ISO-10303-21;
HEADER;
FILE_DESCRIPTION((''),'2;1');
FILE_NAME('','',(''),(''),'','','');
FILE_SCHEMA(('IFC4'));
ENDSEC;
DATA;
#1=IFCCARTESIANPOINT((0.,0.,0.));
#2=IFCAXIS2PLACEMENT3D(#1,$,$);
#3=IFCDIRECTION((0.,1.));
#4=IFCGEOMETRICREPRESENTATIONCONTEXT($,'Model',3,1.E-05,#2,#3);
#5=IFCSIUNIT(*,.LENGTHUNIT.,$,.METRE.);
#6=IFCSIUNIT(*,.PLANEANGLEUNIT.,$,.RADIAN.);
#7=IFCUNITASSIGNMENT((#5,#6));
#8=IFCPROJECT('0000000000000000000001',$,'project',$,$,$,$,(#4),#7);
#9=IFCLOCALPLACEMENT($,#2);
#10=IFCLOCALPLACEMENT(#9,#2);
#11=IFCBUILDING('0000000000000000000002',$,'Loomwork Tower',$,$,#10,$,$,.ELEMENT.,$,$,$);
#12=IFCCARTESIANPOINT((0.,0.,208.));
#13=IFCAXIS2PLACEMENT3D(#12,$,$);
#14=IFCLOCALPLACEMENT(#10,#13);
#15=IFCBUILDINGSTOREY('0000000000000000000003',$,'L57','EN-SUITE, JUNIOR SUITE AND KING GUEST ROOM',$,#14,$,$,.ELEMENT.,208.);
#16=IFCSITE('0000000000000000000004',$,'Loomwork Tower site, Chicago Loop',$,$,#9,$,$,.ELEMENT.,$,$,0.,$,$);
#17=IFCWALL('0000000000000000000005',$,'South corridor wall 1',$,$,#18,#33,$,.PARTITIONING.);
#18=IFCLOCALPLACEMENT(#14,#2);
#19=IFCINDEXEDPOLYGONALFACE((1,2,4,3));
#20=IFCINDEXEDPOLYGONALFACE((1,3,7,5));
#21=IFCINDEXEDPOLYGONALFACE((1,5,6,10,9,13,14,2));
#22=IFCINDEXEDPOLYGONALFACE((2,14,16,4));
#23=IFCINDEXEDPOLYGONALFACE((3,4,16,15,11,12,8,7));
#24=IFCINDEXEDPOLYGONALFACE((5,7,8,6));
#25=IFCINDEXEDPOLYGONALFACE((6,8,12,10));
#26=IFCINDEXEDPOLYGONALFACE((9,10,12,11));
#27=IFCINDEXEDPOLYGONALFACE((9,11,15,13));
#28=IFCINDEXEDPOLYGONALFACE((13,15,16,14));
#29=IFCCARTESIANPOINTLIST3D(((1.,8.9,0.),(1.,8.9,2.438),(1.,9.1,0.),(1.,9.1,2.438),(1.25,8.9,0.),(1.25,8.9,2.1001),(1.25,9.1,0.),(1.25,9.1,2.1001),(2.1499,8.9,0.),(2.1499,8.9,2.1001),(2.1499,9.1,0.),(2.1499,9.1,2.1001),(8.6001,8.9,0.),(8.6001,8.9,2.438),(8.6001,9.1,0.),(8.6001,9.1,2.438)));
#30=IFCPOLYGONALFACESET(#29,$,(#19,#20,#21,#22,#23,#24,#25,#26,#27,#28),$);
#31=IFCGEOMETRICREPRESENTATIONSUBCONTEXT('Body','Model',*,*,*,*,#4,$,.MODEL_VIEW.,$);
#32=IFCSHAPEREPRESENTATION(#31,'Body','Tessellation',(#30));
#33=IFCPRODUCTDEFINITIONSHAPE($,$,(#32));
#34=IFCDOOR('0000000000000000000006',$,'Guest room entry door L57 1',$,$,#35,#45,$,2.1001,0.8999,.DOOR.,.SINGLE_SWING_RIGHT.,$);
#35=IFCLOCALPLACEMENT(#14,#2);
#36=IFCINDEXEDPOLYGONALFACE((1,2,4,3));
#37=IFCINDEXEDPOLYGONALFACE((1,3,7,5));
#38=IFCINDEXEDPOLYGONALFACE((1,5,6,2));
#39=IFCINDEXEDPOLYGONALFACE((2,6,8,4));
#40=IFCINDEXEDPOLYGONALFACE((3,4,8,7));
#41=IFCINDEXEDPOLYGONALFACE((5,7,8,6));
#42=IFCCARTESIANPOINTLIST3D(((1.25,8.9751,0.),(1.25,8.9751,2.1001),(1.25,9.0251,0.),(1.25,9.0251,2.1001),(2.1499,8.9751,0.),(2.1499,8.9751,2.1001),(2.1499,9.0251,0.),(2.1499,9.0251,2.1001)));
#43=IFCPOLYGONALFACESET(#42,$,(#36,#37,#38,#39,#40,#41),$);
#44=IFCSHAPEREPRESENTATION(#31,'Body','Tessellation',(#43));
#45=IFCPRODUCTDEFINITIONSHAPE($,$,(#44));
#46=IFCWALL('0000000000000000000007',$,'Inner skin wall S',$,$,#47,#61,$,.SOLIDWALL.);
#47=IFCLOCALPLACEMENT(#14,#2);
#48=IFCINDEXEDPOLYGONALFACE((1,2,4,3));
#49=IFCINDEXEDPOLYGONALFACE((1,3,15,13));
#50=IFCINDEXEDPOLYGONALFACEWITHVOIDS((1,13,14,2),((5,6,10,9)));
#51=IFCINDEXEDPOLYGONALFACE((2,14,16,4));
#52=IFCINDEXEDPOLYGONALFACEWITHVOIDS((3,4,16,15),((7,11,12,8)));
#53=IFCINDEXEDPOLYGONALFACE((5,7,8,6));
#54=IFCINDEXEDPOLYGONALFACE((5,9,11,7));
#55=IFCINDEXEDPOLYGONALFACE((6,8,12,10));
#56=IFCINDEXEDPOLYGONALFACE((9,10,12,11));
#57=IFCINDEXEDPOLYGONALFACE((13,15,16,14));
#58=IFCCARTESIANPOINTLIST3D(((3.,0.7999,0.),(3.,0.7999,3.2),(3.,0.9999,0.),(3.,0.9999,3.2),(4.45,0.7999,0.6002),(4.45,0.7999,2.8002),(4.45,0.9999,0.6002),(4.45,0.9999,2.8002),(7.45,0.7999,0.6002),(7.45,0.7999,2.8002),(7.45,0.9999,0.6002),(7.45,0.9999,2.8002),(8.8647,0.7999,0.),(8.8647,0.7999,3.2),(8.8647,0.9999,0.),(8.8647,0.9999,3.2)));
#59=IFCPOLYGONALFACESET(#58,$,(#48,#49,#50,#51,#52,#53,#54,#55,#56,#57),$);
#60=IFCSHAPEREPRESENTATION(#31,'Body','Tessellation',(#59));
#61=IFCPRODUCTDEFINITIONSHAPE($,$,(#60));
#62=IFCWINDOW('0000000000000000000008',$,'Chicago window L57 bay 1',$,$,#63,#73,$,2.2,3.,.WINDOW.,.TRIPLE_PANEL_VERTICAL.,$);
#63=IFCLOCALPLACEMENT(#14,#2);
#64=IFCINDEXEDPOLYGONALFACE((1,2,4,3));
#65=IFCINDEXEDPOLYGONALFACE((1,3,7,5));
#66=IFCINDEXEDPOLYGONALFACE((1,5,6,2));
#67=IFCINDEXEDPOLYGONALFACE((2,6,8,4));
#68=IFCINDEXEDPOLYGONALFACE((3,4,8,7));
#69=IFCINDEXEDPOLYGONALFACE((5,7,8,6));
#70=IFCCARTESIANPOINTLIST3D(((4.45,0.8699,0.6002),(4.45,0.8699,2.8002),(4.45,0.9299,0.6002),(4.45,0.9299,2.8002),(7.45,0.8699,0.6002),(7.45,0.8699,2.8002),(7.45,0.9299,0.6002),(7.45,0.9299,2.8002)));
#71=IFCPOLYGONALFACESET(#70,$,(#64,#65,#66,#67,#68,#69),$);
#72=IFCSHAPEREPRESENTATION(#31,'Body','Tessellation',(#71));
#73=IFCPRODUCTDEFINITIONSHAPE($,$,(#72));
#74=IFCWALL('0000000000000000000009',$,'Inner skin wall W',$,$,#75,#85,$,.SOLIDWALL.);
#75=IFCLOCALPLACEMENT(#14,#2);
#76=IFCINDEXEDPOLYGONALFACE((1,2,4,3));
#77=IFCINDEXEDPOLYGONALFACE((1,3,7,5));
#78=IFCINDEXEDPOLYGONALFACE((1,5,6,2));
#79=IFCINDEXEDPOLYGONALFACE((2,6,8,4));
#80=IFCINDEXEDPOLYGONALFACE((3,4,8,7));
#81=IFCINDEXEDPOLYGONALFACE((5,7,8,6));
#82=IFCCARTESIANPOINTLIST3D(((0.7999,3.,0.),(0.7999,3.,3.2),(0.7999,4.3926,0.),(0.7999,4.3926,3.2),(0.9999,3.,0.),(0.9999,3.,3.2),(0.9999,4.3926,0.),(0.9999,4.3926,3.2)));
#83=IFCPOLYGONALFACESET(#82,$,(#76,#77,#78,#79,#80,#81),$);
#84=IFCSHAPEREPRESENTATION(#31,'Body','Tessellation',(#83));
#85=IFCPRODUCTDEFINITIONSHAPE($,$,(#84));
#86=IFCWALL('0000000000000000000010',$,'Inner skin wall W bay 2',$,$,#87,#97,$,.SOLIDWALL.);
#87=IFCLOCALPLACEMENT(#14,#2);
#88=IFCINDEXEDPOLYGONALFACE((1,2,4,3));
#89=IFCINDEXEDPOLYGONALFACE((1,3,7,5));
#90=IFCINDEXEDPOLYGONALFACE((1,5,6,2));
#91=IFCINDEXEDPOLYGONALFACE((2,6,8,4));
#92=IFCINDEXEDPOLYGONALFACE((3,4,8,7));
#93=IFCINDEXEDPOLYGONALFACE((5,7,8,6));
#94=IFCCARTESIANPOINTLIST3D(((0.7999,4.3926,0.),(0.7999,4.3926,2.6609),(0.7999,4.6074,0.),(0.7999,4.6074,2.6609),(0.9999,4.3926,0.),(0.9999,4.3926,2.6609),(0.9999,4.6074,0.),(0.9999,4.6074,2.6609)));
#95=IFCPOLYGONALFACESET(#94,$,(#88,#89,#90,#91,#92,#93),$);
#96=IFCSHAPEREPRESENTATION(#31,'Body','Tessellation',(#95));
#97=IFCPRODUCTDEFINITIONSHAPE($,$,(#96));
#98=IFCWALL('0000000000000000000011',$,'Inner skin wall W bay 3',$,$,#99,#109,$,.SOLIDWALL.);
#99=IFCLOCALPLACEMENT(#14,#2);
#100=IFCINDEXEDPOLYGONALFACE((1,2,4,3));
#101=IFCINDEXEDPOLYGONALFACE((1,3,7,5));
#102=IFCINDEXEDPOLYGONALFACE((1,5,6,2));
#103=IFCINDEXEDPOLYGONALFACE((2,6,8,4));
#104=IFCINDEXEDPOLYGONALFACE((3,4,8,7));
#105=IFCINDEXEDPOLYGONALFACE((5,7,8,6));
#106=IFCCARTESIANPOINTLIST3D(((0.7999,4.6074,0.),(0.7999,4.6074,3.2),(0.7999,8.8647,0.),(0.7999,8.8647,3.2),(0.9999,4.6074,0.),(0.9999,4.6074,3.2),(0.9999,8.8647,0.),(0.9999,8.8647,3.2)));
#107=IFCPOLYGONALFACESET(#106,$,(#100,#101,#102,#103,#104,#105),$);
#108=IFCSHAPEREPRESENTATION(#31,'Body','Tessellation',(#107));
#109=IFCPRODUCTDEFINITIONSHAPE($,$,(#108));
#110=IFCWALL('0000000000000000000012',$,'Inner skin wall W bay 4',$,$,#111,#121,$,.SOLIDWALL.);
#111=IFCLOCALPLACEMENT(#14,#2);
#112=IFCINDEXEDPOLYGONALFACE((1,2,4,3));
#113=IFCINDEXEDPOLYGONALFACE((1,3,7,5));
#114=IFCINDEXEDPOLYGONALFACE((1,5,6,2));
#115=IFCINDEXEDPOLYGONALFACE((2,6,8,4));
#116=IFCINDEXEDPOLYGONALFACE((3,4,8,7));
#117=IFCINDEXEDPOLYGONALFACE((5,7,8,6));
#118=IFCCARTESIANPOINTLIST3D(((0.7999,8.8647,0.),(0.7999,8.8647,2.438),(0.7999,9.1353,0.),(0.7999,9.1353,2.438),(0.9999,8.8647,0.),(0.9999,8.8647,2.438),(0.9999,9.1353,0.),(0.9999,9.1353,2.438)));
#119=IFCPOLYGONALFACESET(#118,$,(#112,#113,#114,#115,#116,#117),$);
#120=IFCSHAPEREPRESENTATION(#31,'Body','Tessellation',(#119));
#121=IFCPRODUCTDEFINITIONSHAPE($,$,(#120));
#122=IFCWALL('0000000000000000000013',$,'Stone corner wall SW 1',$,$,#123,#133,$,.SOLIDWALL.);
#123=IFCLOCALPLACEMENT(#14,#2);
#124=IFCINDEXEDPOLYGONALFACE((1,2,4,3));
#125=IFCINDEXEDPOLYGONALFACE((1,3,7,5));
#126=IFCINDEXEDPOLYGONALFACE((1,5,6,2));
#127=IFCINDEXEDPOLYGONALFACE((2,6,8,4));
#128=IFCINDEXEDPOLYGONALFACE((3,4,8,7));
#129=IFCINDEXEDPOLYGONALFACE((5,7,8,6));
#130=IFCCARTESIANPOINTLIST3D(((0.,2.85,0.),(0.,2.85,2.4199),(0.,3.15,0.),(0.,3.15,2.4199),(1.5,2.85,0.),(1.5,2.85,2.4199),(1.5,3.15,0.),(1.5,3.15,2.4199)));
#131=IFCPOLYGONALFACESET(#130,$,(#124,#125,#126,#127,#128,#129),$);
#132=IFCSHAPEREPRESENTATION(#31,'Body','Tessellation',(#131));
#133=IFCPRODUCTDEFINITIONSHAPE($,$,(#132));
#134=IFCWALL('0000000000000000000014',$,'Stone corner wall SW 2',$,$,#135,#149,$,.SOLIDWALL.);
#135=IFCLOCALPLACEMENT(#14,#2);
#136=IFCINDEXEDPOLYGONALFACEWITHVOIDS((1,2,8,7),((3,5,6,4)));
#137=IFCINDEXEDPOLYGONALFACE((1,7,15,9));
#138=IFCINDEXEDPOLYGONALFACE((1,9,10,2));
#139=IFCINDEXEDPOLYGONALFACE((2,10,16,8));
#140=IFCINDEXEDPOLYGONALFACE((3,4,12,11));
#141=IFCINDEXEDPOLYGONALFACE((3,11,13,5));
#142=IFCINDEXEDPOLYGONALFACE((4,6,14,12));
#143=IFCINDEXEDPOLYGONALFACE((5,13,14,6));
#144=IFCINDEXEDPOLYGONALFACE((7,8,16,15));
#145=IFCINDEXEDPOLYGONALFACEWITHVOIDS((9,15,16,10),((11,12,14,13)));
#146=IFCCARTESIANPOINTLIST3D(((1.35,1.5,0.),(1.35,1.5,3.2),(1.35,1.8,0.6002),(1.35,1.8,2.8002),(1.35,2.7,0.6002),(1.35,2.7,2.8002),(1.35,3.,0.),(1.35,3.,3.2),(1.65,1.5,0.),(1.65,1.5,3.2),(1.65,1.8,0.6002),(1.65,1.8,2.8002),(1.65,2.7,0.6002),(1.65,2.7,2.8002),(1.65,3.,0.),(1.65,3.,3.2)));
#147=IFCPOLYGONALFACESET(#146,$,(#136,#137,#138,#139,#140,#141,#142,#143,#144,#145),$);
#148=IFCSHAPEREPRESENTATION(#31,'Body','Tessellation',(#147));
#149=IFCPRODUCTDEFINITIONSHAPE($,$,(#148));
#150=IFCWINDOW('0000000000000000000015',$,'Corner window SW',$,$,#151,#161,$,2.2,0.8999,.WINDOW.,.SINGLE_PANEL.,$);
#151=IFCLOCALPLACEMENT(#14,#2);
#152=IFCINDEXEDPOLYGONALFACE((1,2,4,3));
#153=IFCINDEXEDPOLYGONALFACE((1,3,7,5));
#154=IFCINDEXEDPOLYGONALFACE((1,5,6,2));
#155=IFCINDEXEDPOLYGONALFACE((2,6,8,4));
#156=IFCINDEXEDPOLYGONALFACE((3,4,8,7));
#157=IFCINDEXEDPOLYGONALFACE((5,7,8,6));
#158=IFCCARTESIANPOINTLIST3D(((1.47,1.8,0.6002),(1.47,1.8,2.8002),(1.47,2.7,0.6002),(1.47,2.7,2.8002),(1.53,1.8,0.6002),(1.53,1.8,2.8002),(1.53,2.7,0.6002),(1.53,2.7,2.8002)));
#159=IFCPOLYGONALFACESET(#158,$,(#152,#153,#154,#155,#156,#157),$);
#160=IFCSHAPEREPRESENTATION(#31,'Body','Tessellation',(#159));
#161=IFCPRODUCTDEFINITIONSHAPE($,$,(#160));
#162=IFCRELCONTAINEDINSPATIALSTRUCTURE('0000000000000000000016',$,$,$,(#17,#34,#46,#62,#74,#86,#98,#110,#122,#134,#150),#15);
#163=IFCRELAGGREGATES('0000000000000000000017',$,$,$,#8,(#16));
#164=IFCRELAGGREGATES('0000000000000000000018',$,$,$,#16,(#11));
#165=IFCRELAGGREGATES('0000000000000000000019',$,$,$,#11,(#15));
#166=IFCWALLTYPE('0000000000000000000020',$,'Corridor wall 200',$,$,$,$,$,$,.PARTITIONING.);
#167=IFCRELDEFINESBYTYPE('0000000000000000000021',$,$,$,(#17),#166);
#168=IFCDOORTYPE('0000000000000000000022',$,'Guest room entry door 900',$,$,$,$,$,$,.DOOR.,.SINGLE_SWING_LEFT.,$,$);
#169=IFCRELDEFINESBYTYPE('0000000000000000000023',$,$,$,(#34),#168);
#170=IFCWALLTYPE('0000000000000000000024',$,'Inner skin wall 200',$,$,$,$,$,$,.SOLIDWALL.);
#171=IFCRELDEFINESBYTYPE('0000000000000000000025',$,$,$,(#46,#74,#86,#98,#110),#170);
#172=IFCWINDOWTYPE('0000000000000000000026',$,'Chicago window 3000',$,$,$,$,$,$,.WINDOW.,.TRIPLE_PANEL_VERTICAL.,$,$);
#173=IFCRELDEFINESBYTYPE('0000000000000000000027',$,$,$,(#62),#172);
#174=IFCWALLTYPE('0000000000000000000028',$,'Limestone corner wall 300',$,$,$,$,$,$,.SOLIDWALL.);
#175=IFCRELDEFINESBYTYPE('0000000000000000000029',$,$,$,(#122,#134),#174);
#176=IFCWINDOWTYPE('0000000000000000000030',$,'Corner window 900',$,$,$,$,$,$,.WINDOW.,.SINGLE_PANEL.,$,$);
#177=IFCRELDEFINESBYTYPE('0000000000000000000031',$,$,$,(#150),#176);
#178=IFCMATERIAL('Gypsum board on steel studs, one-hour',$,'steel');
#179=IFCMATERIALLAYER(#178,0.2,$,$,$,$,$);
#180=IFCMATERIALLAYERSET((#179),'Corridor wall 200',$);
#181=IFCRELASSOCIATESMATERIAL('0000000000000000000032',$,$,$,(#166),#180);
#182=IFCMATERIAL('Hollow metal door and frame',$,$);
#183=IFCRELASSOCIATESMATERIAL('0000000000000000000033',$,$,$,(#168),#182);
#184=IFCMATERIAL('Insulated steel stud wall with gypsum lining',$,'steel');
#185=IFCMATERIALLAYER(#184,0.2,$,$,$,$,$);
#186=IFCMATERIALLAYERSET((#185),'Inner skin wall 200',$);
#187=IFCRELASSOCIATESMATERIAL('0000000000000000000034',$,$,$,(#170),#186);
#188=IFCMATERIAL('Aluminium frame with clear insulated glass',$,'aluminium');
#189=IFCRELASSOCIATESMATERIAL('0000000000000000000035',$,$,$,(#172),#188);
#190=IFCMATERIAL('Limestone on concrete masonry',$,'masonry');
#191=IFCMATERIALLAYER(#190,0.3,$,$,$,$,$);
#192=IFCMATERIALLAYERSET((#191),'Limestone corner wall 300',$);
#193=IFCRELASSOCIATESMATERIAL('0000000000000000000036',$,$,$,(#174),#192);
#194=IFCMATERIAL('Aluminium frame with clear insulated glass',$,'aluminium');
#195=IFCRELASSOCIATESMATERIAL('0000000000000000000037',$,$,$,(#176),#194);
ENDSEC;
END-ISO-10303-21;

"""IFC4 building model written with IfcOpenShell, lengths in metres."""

from ifc_helpers import new_model, si_unit, direction, frame, frame_2d, origin, place, context, subcontext, project, spatial, rectangle, extrude, material, layer, layer_set, type_object, element, fill, save


model = new_model("IFC4")

# Units and contexts
model_context = context("Model", 3, precision=1e-05, world=origin(), true_north=direction((0.0, 1.0)))
body_context = subcontext(model_context, "Body", "Model", "MODEL_VIEW")
ifc_project = project(units=[si_unit("LENGTHUNIT", "METRE"), si_unit("PLANEANGLEUNIT", "RADIAN")], contexts=[model_context])

# Site, building, storey
site_placement = place(None, origin())
site = spatial("IfcSite", under=ifc_project, at=site_placement, Name="Loomwork Tower site, Chicago Loop", CompositionType="ELEMENT", RefElevation=0.0)
building_placement = place(site_placement, origin())
building = spatial("IfcBuilding", under=site, at=building_placement, Name="Loomwork Tower", CompositionType="ELEMENT")
storey_placement = place(building_placement, frame((0.0, 0.0, 208.0)))
storey = spatial("IfcBuildingStorey", under=building, at=storey_placement, Name="L57", Description="EN-SUITE, JUNIOR SUITE AND KING GUEST ROOM", CompositionType="ELEMENT", Elevation=208.0)

# Wall, opening, door
ifc_material_1 = material(Name="Gypsum board on steel studs, one-hour", Category="steel")
ifc_layer_1 = layer(ifc_material_1, 0.2)
ifc_layer_set_1 = layer_set([ifc_layer_1], Name="Corridor wall 200")
wall_type_1 = type_object("IfcWallType", Name="Corridor wall 200", PredefinedType="PARTITIONING", material=ifc_layer_set_1)
wall_1_placement = place(storey_placement, frame((1.0, 9.0, 0.0), z_axis=(0.0, 0.0, 1.0), x_axis=(1.0, 0.0, 0.0)))
wall_1 = element("IfcWall", 1, at=wall_1_placement, inside=storey, type_object=wall_type_1, Name="South corridor wall 1", PredefinedType="PARTITIONING", context=body_context, shape_type="SweptSolid", body=[
    extrude(rectangle(XDim=7.6001, YDim=0.2, at=frame_2d((3.8, 0.0))), origin(), (0.0, 0.0, 1.0), 2.438),
])
opening_1_placement = place(wall_1_placement, frame((0.25, 0.0, 0.0)))
opening_1 = element("IfcOpeningElement", 2, at=opening_1_placement, cuts=wall_1, PredefinedType="OPENING", context=body_context, shape_type="SweptSolid", body=[
    extrude(rectangle(XDim=0.8999, YDim=2.1001, at=frame_2d((0.45, 1.05))), frame((0.0, 0.1099, 0.0), z_axis=(0.0, -1.0, 0.0), x_axis=(1.0, 0.0, 0.0)), (0.0, 0.0, 1.0), 0.22),
])
ifc_material_2 = material(Name="Hollow metal door and frame")
door_type = type_object("IfcDoorType", Name="Guest room entry door 900", OperationType="SINGLE_SWING_LEFT", PredefinedType="DOOR", material=ifc_material_2)
door_placement = place(opening_1_placement, frame((0.8999, 0.0, 0.0), z_axis=(0.0, 0.0, 1.0), x_axis=(-1.0, 0.0, 0.0)))
door = element("IfcDoor", 3, at=door_placement, inside=storey, type_object=door_type, Name="Guest room entry door L57 1", OperationType="SINGLE_SWING_RIGHT", OverallHeight=2.1001, OverallWidth=0.8999, PredefinedType="DOOR", context=body_context, shape_type="SweptSolid", body=[
    extrude(rectangle(XDim=0.8999, YDim=2.1001, at=frame_2d((0.45, 1.05))), frame((0.0, 0.0249, 0.0), z_axis=(0.0, -1.0, 0.0), x_axis=(1.0, 0.0, 0.0)), (0.0, 0.0, 1.0), 0.05),
])
fill(opening_1, door)

# Wall, opening, window
ifc_material_3 = material(Name="Insulated steel stud wall with gypsum lining", Category="steel")
ifc_layer_2 = layer(ifc_material_3, 0.2)
ifc_layer_set_2 = layer_set([ifc_layer_2], Name="Inner skin wall 200")
wall_type_2 = type_object("IfcWallType", Name="Inner skin wall 200", PredefinedType="SOLIDWALL", material=ifc_layer_set_2)
wall_2_placement = place(storey_placement, frame((3.0, 0.8999, 0.0), z_axis=(0.0, 0.0, 1.0), x_axis=(1.0, 0.0, 0.0)))
wall_2 = element("IfcWall", 4, at=wall_2_placement, inside=storey, type_object=wall_type_2, Name="Inner skin wall S", PredefinedType="SOLIDWALL", context=body_context, shape_type="SweptSolid", body=[
    extrude(rectangle(XDim=5.8647, YDim=0.2, at=frame_2d((2.9324, 0.0))), origin(), (0.0, 0.0, 1.0), 3.2),
])
opening_2_placement = place(wall_2_placement, frame((1.45, 0.0, 0.6001)))
opening_2 = element("IfcOpeningElement", 5, at=opening_2_placement, cuts=wall_2, PredefinedType="OPENING", context=body_context, shape_type="SweptSolid", body=[
    extrude(rectangle(XDim=3.0, YDim=2.2, at=frame_2d((1.5, 1.1001))), frame((0.0, 0.1099, 0.0), z_axis=(0.0, -1.0, 0.0), x_axis=(1.0, 0.0, 0.0)), (0.0, 0.0, 1.0), 0.22),
])
ifc_material_4 = material(Name="Aluminium frame with clear insulated glass", Category="aluminium")
window_type_1 = type_object("IfcWindowType", Name="Chicago window 3000", PartitioningType="TRIPLE_PANEL_VERTICAL", PredefinedType="WINDOW", material=ifc_material_4)
window_1_placement = place(opening_2_placement, origin())
window_1 = element("IfcWindow", 6, at=window_1_placement, inside=storey, type_object=window_type_1, Name="Chicago window L57 bay 1", OverallHeight=2.2, OverallWidth=3.0, PartitioningType="TRIPLE_PANEL_VERTICAL", PredefinedType="WINDOW", context=body_context, shape_type="SweptSolid", body=[
    extrude(rectangle(XDim=3.0, YDim=2.2, at=frame_2d((1.5, 1.1001))), frame((0.0, 0.03, 0.0), z_axis=(0.0, -1.0, 0.0), x_axis=(1.0, 0.0, 0.0)), (0.0, 0.0, 1.0), 0.0601),
])
fill(opening_2, window_1)

# Walls
wall_3_placement = place(storey_placement, frame((0.8999, 3.0, 0.0), z_axis=(0.0, 0.0, 1.0), x_axis=(0.0, 1.0, 0.0)))
element("IfcWall", 7, at=wall_3_placement, inside=storey, type_object=wall_type_2, Name="Inner skin wall W", PredefinedType="SOLIDWALL", context=body_context, shape_type="SweptSolid", body=[
    extrude(rectangle(XDim=1.3926, YDim=0.2, at=frame_2d((0.6963, 0.0))), origin(), (0.0, 0.0, 1.0), 3.2),
])
wall_4_placement = place(storey_placement, frame((0.8999, 4.3926, 0.0), z_axis=(0.0, 0.0, 1.0), x_axis=(0.0, 1.0, 0.0)))
element("IfcWall", 8, at=wall_4_placement, inside=storey, type_object=wall_type_2, Name="Inner skin wall W bay 2", PredefinedType="SOLIDWALL", context=body_context, shape_type="SweptSolid", body=[
    extrude(rectangle(XDim=0.2148, YDim=0.2, at=frame_2d((0.1074, 0.0))), origin(), (0.0, 0.0, 1.0), 2.6609),
])
wall_5_placement = place(storey_placement, frame((0.8999, 4.6074, 0.0), z_axis=(0.0, 0.0, 1.0), x_axis=(0.0, 1.0, 0.0)))
element("IfcWall", 9, at=wall_5_placement, inside=storey, type_object=wall_type_2, Name="Inner skin wall W bay 3", PredefinedType="SOLIDWALL", context=body_context, shape_type="SweptSolid", body=[
    extrude(rectangle(XDim=4.2573, YDim=0.2, at=frame_2d((2.1287, 0.0))), origin(), (0.0, 0.0, 1.0), 3.2),
])
wall_6_placement = place(storey_placement, frame((0.8999, 8.8647, 0.0), z_axis=(0.0, 0.0, 1.0), x_axis=(0.0, 1.0, 0.0)))
element("IfcWall", 10, at=wall_6_placement, inside=storey, type_object=wall_type_2, Name="Inner skin wall W bay 4", PredefinedType="SOLIDWALL", context=body_context, shape_type="SweptSolid", body=[
    extrude(rectangle(XDim=0.2705, YDim=0.2, at=frame_2d((0.1353, 0.0))), origin(), (0.0, 0.0, 1.0), 2.438),
])
ifc_material_5 = material(Name="Limestone on concrete masonry", Category="masonry")
ifc_layer_3 = layer(ifc_material_5, 0.3)
ifc_layer_set_3 = layer_set([ifc_layer_3], Name="Limestone corner wall 300")
wall_type_3 = type_object("IfcWallType", Name="Limestone corner wall 300", PredefinedType="SOLIDWALL", material=ifc_layer_set_3)
wall_7_placement = place(storey_placement, frame((0.0, 3.0, 0.0), z_axis=(0.0, 0.0, 1.0), x_axis=(1.0, 0.0, 0.0)))
element("IfcWall", 11, at=wall_7_placement, inside=storey, type_object=wall_type_3, Name="Stone corner wall SW 1", PredefinedType="SOLIDWALL", context=body_context, shape_type="SweptSolid", body=[
    extrude(rectangle(XDim=1.5, YDim=0.3, at=frame_2d((0.75, 0.0))), origin(), (0.0, 0.0, 1.0), 2.4199),
])

# Wall, opening, window
wall_8_placement = place(storey_placement, frame((1.5, 3.0, 0.0), z_axis=(0.0, 0.0, 1.0), x_axis=(0.0, -1.0, 0.0)))
wall_8 = element("IfcWall", 12, at=wall_8_placement, inside=storey, type_object=wall_type_3, Name="Stone corner wall SW 2", PredefinedType="SOLIDWALL", context=body_context, shape_type="SweptSolid", body=[
    extrude(rectangle(XDim=1.5, YDim=0.3, at=frame_2d((0.75, 0.0))), origin(), (0.0, 0.0, 1.0), 3.2),
])
opening_3_placement = place(wall_8_placement, frame((0.3, 0.0, 0.6001)))
opening_3 = element("IfcOpeningElement", 13, at=opening_3_placement, cuts=wall_8, PredefinedType="OPENING", context=body_context, shape_type="SweptSolid", body=[
    extrude(rectangle(XDim=0.8999, YDim=2.2, at=frame_2d((0.45, 1.1001))), frame((0.0, 0.1599, 0.0), z_axis=(0.0, -1.0, 0.0), x_axis=(1.0, 0.0, 0.0)), (0.0, 0.0, 1.0), 0.3201),
])
ifc_material_6 = material(Name="Aluminium frame with clear insulated glass", Category="aluminium")
window_type_2 = type_object("IfcWindowType", Name="Corner window 900", PartitioningType="SINGLE_PANEL", PredefinedType="WINDOW", material=ifc_material_6)
window_2_placement = place(opening_3_placement, origin())
window_2 = element("IfcWindow", 14, at=window_2_placement, inside=storey, type_object=window_type_2, Name="Corner window SW", OverallHeight=2.2, OverallWidth=0.8999, PartitioningType="SINGLE_PANEL", PredefinedType="WINDOW", context=body_context, shape_type="SweptSolid", body=[
    extrude(rectangle(XDim=0.8999, YDim=2.2, at=frame_2d((0.45, 1.1001))), frame((0.0, 0.03, 0.0), z_axis=(0.0, -1.0, 0.0), x_axis=(1.0, 0.0, 0.0)), (0.0, 0.0, 1.0), 0.0601),
])
fill(opening_3, window_2)

save(model, "model.ifc")
